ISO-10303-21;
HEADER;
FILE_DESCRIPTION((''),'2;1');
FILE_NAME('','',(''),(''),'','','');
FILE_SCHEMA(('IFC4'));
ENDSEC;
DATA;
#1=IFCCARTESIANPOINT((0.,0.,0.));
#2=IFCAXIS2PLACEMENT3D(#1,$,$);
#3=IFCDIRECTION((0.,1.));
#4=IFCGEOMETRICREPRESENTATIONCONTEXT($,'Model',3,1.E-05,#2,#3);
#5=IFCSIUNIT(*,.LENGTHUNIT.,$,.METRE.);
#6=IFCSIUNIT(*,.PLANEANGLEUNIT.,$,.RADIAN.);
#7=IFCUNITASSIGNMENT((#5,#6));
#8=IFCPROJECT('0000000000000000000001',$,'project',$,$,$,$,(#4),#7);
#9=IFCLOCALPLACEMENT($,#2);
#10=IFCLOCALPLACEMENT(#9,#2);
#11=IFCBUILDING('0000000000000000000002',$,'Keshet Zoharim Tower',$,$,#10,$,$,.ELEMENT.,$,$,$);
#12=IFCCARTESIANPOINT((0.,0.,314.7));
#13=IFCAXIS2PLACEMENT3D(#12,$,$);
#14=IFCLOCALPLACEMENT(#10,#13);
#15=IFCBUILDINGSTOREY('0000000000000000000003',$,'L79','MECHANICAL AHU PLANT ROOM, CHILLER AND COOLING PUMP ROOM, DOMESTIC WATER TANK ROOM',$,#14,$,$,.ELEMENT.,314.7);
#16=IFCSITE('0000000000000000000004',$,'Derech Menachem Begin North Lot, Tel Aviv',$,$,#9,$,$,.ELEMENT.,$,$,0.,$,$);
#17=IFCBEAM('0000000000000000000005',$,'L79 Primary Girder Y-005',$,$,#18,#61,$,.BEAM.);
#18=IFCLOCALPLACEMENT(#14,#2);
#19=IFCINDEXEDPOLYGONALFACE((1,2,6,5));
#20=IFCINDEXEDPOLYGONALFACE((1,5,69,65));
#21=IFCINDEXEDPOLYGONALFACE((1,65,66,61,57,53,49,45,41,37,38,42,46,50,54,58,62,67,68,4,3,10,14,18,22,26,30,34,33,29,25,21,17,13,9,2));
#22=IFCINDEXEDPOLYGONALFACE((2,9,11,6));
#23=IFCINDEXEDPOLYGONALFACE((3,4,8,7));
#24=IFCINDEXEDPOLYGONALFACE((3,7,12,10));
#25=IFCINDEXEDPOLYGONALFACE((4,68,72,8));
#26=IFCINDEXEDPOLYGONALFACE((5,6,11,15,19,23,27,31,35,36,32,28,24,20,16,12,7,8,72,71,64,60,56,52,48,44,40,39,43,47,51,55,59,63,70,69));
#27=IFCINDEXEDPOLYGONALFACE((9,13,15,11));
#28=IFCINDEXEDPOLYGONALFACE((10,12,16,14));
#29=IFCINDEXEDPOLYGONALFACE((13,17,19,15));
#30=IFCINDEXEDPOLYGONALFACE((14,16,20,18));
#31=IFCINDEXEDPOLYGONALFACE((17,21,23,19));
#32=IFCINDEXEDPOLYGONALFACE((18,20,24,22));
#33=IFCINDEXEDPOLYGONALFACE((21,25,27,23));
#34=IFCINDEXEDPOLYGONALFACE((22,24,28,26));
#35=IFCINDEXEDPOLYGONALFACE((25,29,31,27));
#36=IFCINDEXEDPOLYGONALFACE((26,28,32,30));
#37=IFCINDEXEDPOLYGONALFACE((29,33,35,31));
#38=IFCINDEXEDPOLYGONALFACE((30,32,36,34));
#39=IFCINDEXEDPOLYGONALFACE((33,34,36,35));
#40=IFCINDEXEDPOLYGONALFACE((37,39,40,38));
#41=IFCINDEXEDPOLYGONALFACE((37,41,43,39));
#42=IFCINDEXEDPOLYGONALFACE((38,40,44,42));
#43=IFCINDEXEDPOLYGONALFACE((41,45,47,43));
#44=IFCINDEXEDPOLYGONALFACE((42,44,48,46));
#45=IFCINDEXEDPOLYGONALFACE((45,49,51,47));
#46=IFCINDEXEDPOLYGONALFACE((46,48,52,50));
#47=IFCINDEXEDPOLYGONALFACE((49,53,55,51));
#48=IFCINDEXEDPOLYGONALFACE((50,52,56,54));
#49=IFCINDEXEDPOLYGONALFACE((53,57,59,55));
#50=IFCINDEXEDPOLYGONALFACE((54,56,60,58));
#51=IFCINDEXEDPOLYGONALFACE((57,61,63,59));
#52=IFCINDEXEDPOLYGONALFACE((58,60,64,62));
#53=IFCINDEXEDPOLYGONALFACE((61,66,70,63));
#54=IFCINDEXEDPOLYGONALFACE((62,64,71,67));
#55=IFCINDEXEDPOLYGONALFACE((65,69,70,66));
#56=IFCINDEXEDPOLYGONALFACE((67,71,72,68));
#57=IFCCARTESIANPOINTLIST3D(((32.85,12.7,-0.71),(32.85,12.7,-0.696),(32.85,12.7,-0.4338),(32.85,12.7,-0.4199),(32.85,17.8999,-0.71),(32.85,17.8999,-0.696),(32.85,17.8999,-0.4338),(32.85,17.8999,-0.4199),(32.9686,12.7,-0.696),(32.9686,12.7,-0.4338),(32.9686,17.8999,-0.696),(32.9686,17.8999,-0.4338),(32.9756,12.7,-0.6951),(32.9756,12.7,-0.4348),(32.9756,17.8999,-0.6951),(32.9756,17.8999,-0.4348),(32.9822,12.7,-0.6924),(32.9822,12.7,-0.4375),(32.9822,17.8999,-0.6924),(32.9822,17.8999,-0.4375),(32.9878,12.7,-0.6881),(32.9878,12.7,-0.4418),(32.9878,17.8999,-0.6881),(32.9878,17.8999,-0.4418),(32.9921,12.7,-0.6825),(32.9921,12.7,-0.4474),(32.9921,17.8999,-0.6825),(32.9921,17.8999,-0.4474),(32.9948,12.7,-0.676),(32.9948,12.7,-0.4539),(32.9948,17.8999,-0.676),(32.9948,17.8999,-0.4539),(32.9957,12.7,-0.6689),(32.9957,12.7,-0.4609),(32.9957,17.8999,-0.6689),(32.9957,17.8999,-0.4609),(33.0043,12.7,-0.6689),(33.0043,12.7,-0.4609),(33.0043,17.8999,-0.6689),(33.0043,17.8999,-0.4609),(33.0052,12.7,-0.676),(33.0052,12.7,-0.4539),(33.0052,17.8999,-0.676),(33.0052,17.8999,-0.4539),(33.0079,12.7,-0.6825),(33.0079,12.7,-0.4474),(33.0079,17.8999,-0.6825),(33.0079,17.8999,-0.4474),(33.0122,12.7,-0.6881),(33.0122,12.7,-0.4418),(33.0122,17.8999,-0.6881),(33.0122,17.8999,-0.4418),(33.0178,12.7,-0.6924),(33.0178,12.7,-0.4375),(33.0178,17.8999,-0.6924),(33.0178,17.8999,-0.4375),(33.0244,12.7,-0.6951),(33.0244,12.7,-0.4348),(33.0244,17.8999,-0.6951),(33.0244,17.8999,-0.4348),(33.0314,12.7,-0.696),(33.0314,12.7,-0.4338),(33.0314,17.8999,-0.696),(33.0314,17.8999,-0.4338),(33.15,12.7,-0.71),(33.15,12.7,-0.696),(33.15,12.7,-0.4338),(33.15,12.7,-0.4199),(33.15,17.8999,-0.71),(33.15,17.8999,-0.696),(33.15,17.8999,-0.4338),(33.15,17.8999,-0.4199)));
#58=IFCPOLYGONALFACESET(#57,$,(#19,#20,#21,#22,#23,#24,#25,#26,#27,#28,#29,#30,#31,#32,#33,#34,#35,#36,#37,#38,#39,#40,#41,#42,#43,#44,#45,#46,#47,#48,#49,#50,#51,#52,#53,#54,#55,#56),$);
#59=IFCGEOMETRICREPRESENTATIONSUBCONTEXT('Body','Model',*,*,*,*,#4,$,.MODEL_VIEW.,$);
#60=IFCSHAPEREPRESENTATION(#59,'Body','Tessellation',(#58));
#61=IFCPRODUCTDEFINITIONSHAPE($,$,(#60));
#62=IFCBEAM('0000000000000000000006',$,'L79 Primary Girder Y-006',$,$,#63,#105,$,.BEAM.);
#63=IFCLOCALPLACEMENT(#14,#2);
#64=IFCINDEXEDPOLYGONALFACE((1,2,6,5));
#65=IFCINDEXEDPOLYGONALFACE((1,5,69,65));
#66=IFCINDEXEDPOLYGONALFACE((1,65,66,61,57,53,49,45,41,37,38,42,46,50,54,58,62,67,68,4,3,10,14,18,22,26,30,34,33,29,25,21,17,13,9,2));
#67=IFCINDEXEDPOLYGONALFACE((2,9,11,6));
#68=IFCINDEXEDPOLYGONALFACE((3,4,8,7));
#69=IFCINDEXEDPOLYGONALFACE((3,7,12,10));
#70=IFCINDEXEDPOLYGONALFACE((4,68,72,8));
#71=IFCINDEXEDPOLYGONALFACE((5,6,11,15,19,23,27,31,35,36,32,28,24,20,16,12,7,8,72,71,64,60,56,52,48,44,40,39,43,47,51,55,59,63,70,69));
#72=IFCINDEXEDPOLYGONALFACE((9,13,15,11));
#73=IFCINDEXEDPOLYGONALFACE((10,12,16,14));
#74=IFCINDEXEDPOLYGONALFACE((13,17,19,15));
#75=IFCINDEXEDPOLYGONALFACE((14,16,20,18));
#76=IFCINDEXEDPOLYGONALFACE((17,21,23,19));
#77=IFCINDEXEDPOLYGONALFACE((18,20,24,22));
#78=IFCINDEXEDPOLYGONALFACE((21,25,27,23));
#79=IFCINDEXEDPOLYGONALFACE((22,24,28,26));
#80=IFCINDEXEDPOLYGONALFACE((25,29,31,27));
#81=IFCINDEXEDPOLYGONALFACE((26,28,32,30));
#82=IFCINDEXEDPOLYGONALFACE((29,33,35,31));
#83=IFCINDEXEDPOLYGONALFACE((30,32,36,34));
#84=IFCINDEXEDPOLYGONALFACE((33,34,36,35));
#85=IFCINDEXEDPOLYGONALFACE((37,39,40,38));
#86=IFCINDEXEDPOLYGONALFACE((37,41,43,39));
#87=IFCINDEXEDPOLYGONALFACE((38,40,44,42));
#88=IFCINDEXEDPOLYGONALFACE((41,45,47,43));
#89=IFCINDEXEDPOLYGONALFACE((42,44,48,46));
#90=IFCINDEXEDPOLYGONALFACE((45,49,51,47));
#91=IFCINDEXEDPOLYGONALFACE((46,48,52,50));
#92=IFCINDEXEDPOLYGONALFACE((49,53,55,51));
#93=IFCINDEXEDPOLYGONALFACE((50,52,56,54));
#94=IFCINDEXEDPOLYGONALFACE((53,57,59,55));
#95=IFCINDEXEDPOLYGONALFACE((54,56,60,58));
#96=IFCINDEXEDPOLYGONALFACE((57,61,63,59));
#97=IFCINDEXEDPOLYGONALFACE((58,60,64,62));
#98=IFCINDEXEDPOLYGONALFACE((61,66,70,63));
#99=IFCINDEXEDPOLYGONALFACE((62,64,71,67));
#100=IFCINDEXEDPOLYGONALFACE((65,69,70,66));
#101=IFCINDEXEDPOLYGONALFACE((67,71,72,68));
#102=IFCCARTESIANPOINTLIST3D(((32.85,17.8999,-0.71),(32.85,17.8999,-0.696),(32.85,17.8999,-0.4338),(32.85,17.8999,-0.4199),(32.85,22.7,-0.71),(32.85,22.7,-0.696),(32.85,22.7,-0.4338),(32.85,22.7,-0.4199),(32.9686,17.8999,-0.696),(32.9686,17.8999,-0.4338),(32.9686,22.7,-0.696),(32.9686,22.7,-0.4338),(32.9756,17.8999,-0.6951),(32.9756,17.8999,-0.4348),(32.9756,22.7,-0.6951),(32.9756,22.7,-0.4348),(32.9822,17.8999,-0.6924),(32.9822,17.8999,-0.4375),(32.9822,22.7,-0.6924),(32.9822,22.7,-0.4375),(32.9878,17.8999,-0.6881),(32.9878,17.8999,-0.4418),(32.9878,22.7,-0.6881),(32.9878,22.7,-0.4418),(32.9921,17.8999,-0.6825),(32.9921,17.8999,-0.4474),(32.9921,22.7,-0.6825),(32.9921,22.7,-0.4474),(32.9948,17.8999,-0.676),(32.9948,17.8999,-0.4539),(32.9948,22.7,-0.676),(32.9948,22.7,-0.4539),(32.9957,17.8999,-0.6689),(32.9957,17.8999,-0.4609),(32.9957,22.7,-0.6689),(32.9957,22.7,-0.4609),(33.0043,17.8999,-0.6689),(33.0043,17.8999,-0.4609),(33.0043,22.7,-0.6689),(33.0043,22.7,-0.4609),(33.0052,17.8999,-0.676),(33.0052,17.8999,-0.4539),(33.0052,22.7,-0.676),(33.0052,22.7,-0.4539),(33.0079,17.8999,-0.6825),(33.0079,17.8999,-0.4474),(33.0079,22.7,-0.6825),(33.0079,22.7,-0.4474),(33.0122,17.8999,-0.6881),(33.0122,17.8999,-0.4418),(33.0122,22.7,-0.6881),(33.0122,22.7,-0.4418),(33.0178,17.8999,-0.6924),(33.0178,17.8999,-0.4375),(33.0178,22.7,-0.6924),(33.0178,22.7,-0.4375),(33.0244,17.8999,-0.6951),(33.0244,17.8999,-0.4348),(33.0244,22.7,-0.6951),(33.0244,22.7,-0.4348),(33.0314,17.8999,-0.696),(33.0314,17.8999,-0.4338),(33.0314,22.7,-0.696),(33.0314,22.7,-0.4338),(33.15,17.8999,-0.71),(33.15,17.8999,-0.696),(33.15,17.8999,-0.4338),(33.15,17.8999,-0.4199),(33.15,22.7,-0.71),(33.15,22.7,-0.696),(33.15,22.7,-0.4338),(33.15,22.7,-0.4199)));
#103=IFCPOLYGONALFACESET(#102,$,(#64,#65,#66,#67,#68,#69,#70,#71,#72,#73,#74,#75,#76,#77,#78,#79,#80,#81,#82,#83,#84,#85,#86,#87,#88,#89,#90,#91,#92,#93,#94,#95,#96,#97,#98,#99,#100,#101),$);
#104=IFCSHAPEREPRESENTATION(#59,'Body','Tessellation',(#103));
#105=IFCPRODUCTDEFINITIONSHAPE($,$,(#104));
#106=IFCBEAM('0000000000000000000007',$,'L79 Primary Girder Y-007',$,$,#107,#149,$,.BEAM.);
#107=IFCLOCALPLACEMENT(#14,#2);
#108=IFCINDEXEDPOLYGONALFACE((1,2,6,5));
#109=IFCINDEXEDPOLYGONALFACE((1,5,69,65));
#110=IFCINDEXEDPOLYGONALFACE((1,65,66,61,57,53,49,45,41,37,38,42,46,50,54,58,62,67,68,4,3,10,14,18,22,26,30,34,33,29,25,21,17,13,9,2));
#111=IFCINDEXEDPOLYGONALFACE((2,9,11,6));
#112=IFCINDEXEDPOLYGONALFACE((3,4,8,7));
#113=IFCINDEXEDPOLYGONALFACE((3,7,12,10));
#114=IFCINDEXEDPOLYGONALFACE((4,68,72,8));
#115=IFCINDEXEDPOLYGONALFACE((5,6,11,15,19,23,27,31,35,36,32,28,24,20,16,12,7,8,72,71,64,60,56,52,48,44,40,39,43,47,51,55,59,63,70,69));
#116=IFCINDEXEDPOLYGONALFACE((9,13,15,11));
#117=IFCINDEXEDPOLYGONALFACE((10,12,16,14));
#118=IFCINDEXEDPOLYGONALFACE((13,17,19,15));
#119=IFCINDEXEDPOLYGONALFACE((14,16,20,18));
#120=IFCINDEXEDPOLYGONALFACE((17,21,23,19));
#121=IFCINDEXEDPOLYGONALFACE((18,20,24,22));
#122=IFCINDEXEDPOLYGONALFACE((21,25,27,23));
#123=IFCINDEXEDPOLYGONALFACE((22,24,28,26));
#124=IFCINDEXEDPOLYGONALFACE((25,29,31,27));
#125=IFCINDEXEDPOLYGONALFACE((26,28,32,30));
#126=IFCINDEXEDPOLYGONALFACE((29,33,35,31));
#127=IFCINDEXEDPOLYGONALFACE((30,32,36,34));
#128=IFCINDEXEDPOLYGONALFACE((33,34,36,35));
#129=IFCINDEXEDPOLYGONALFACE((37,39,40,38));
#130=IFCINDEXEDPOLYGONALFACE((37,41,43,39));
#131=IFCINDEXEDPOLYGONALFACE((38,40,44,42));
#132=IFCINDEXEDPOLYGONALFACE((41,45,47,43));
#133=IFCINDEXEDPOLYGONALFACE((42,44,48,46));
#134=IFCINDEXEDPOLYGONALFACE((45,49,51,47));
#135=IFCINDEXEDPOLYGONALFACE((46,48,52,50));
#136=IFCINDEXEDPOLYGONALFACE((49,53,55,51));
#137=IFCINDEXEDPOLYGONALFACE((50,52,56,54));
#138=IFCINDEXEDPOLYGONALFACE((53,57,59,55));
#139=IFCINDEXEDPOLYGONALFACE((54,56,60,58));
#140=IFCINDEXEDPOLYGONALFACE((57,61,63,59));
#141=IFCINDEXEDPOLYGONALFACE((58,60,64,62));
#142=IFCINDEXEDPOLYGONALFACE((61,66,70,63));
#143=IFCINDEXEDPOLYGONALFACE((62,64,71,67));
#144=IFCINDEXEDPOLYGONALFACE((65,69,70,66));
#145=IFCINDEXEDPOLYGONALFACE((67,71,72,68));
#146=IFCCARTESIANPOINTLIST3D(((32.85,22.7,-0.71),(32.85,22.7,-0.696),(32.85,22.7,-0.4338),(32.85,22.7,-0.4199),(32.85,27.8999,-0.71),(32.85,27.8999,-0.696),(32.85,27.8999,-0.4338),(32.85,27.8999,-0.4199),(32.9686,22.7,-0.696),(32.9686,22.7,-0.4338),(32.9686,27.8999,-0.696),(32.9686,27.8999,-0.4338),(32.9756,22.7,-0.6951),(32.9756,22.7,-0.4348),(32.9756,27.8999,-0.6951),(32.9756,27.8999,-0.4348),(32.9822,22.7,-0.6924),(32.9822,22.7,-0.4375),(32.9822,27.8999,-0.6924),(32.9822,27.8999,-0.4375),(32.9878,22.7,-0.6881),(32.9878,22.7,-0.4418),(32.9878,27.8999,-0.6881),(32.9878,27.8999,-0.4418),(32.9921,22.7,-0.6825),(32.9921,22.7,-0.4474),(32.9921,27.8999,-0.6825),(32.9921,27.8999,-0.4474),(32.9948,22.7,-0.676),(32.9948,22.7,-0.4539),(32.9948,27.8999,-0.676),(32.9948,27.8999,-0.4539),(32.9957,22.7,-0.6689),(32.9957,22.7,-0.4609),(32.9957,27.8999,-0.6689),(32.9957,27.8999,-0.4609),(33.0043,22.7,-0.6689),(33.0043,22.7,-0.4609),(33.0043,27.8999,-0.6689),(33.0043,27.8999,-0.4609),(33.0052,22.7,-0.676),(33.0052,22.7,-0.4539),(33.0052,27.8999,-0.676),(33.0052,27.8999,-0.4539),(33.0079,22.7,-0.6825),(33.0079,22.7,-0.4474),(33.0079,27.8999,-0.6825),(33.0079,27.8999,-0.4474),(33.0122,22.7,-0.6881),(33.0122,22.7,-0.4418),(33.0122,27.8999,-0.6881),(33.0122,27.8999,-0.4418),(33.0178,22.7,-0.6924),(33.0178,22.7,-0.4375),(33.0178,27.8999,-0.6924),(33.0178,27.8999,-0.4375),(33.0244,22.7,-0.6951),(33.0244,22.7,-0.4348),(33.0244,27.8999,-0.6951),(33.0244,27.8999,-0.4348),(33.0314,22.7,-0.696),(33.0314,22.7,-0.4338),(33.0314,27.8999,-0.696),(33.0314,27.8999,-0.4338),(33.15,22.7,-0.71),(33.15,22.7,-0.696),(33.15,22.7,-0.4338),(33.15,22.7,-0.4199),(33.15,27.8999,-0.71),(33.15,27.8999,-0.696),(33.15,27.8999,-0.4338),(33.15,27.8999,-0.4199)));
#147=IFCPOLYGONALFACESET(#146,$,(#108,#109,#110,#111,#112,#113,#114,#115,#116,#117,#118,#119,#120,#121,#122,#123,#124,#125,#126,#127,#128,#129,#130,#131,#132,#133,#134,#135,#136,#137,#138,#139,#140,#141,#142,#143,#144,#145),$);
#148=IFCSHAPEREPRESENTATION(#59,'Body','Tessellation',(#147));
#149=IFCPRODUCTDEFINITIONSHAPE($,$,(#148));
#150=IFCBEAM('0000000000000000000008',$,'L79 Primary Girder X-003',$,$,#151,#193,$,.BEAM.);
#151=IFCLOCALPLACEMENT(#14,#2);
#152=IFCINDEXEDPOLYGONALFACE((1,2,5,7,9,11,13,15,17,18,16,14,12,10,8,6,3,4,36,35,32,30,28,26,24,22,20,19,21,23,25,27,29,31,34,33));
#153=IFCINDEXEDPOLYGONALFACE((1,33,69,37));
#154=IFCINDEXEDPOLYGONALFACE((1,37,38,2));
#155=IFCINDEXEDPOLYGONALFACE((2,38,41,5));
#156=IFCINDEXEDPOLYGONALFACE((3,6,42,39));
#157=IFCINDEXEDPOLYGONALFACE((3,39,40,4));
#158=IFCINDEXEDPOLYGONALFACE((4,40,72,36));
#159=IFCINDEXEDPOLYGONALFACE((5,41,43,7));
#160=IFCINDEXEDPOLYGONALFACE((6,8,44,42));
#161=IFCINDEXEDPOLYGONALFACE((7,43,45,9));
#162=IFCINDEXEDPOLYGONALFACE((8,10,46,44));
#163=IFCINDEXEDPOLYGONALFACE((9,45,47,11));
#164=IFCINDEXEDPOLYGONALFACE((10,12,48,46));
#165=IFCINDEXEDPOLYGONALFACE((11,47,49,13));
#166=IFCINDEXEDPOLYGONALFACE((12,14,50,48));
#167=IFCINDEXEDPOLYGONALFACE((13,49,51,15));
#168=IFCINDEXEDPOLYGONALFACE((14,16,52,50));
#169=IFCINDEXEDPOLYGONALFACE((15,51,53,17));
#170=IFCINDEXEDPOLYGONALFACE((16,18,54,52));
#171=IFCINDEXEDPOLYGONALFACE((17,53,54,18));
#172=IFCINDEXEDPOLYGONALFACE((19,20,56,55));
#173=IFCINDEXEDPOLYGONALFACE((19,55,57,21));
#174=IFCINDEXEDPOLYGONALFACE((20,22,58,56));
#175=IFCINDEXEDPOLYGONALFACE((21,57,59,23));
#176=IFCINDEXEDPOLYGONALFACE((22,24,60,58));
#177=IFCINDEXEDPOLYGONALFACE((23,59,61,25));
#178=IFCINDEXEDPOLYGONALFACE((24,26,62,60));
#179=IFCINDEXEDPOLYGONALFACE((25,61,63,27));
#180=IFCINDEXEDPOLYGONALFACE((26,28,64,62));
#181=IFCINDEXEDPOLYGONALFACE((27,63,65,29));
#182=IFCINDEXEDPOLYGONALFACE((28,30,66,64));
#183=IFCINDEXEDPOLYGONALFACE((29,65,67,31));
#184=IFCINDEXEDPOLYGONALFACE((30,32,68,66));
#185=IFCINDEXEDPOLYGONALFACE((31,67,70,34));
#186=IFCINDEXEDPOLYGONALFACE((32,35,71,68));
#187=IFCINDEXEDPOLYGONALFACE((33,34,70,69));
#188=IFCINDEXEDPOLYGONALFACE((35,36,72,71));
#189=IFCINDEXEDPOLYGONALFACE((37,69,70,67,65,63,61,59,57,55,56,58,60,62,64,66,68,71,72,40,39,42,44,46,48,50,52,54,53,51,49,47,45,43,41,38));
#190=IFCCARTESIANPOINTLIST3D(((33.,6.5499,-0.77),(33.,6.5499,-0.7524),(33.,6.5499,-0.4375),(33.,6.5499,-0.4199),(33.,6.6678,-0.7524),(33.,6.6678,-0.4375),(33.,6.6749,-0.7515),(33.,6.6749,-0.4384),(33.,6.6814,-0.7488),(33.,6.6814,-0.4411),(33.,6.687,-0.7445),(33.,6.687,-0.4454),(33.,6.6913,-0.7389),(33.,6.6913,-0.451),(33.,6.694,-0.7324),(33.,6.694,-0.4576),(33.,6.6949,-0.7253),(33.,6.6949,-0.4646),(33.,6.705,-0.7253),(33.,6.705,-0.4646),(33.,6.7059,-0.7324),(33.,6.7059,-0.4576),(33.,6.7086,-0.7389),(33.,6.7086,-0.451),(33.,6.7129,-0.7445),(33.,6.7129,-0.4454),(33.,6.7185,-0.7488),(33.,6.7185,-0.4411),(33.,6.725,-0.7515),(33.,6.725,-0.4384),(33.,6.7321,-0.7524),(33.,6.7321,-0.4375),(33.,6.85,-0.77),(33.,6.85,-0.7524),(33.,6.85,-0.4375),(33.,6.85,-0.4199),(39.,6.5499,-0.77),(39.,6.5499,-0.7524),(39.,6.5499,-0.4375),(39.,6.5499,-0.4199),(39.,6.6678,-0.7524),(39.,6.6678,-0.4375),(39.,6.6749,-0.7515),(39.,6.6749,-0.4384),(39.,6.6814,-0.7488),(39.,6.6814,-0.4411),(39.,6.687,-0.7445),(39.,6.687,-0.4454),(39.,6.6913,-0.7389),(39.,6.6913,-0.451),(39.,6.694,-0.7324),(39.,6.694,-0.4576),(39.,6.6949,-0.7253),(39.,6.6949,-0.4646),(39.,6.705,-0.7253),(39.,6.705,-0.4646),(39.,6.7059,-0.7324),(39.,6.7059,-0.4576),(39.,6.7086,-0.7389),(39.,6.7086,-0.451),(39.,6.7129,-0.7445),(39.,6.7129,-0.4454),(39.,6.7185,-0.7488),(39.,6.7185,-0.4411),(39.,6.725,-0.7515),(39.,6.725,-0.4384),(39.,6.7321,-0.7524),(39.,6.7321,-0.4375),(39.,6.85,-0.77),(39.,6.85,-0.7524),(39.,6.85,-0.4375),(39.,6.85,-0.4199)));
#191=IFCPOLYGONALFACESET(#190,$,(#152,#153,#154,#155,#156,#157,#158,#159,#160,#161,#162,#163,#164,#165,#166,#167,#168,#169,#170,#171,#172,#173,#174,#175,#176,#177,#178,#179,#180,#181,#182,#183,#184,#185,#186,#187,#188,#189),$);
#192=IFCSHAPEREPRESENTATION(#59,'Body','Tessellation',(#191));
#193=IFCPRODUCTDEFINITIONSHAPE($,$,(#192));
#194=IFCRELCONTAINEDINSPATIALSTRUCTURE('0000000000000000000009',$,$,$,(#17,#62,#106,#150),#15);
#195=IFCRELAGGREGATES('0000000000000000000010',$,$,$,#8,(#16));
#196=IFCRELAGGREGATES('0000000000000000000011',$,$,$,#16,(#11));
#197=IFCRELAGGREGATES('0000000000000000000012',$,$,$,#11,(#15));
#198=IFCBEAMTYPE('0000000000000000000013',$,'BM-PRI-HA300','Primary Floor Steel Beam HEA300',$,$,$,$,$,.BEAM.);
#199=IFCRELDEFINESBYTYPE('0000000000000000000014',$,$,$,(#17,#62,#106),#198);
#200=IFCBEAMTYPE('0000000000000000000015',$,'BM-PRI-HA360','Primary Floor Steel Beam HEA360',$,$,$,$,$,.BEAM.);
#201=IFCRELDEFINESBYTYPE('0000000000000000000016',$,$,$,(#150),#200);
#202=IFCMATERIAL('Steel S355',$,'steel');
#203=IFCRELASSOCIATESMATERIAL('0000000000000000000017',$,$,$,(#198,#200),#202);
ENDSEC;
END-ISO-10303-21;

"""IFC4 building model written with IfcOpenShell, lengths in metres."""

from ifc_helpers import new_model, si_unit, direction, frame, origin, origin_2d, place, context, subcontext, project, spatial, i_section, extrude, material, material_profile, profile_set, type_object, element, save


model = new_model("IFC4")

# Units and contexts
model_context = context("Model", 3, precision=1e-05, world=origin(), true_north=direction((0.0, 1.0)))
body_context = subcontext(model_context, "Body", "Model", "MODEL_VIEW")
ifc_project = project(units=[si_unit("LENGTHUNIT", "METRE"), si_unit("PLANEANGLEUNIT", "RADIAN")], contexts=[model_context])

# Site, building, storey
site_placement = place(None, origin())
site = spatial("IfcSite", under=ifc_project, at=site_placement, Name="Derech Menachem Begin North Lot, Tel Aviv", CompositionType="ELEMENT", RefElevation=0.0)
building_placement = place(site_placement, origin())
building = spatial("IfcBuilding", under=site, at=building_placement, Name="Keshet Zoharim Tower", CompositionType="ELEMENT")
storey_placement = place(building_placement, frame((0.0, 0.0, 314.7)))
storey = spatial("IfcBuildingStorey", under=building, at=storey_placement, Name="L79", Description="MECHANICAL AHU PLANT ROOM, CHILLER AND COOLING PUMP ROOM, DOMESTIC WATER TANK ROOM", CompositionType="ELEMENT", Elevation=314.7)

# Shared definitions
ifc_material_1 = material(Name="Steel S355", Category="steel")

# Beams
ifc_material_profile_1 = material_profile(ifc_material_1, i_section(OverallWidth=0.3, OverallDepth=0.29, WebThickness=0.0085, FlangeThickness=0.0139, FilletRadius=0.0271, at=origin_2d()), Name="HEA300")
ifc_profile_set_1 = profile_set([ifc_material_profile_1], Name="Steel S355")
beam_type_1 = type_object("IfcBeamType", Name="BM-PRI-HA300", Description="Primary Floor Steel Beam HEA300", PredefinedType="BEAM", material=ifc_profile_set_1)
beam_1_placement = place(storey_placement, frame((33.0, 12.7, -0.5649), z_axis=(0.0, 1.0, 0.0), x_axis=(-1.0, 0.0, 0.0)))
element("IfcBeam", 1, at=beam_1_placement, inside=storey, type_object=beam_type_1, Name="L79 Primary Girder Y-005", PredefinedType="BEAM", context=body_context, shape_type="SweptSolid", body=[
    extrude(i_section(OverallWidth=0.3, OverallDepth=0.29, WebThickness=0.0085, FlangeThickness=0.0139, FilletRadius=0.0271, at=origin_2d()), origin(), (0.0, 0.0, 1.0), 5.2),
])
beam_2_placement = place(storey_placement, frame((33.0, 17.8999, -0.5649), z_axis=(0.0, 1.0, 0.0), x_axis=(-1.0, 0.0, 0.0)))
element("IfcBeam", 2, at=beam_2_placement, inside=storey, type_object=beam_type_1, Name="L79 Primary Girder Y-006", PredefinedType="BEAM", context=body_context, shape_type="SweptSolid", body=[
    extrude(i_section(OverallWidth=0.3, OverallDepth=0.29, WebThickness=0.0085, FlangeThickness=0.0139, FilletRadius=0.0271, at=origin_2d()), origin(), (0.0, 0.0, 1.0), 4.8),
])
beam_3_placement = place(storey_placement, frame((33.0, 22.7, -0.5649), z_axis=(0.0, 1.0, 0.0), x_axis=(-1.0, 0.0, 0.0)))
element("IfcBeam", 3, at=beam_3_placement, inside=storey, type_object=beam_type_1, Name="L79 Primary Girder Y-007", PredefinedType="BEAM", context=body_context, shape_type="SweptSolid", body=[
    extrude(i_section(OverallWidth=0.3, OverallDepth=0.29, WebThickness=0.0085, FlangeThickness=0.0139, FilletRadius=0.0271, at=origin_2d()), origin(), (0.0, 0.0, 1.0), 5.2),
])
ifc_material_profile_2 = material_profile(ifc_material_1, i_section(OverallWidth=0.3, OverallDepth=0.3501, WebThickness=0.01, FlangeThickness=0.0176, FilletRadius=0.0271, at=origin_2d()), Name="HEA360")
ifc_profile_set_2 = profile_set([ifc_material_profile_2], Name="Steel S355")
beam_type_2 = type_object("IfcBeamType", Name="BM-PRI-HA360", Description="Primary Floor Steel Beam HEA360", PredefinedType="BEAM", material=ifc_profile_set_2)
beam_4_placement = place(storey_placement, frame((33.0, 6.7, -0.595), z_axis=(1.0, 0.0, 0.0), x_axis=(0.0, 1.0, 0.0)))
element("IfcBeam", 4, at=beam_4_placement, inside=storey, type_object=beam_type_2, Name="L79 Primary Girder X-003", PredefinedType="BEAM", context=body_context, shape_type="SweptSolid", body=[
    extrude(i_section(OverallWidth=0.3, OverallDepth=0.3501, WebThickness=0.01, FlangeThickness=0.0176, FilletRadius=0.0271, at=origin_2d()), origin(), (0.0, 0.0, 1.0), 6.0),
])

save(model, "model.ifc")
